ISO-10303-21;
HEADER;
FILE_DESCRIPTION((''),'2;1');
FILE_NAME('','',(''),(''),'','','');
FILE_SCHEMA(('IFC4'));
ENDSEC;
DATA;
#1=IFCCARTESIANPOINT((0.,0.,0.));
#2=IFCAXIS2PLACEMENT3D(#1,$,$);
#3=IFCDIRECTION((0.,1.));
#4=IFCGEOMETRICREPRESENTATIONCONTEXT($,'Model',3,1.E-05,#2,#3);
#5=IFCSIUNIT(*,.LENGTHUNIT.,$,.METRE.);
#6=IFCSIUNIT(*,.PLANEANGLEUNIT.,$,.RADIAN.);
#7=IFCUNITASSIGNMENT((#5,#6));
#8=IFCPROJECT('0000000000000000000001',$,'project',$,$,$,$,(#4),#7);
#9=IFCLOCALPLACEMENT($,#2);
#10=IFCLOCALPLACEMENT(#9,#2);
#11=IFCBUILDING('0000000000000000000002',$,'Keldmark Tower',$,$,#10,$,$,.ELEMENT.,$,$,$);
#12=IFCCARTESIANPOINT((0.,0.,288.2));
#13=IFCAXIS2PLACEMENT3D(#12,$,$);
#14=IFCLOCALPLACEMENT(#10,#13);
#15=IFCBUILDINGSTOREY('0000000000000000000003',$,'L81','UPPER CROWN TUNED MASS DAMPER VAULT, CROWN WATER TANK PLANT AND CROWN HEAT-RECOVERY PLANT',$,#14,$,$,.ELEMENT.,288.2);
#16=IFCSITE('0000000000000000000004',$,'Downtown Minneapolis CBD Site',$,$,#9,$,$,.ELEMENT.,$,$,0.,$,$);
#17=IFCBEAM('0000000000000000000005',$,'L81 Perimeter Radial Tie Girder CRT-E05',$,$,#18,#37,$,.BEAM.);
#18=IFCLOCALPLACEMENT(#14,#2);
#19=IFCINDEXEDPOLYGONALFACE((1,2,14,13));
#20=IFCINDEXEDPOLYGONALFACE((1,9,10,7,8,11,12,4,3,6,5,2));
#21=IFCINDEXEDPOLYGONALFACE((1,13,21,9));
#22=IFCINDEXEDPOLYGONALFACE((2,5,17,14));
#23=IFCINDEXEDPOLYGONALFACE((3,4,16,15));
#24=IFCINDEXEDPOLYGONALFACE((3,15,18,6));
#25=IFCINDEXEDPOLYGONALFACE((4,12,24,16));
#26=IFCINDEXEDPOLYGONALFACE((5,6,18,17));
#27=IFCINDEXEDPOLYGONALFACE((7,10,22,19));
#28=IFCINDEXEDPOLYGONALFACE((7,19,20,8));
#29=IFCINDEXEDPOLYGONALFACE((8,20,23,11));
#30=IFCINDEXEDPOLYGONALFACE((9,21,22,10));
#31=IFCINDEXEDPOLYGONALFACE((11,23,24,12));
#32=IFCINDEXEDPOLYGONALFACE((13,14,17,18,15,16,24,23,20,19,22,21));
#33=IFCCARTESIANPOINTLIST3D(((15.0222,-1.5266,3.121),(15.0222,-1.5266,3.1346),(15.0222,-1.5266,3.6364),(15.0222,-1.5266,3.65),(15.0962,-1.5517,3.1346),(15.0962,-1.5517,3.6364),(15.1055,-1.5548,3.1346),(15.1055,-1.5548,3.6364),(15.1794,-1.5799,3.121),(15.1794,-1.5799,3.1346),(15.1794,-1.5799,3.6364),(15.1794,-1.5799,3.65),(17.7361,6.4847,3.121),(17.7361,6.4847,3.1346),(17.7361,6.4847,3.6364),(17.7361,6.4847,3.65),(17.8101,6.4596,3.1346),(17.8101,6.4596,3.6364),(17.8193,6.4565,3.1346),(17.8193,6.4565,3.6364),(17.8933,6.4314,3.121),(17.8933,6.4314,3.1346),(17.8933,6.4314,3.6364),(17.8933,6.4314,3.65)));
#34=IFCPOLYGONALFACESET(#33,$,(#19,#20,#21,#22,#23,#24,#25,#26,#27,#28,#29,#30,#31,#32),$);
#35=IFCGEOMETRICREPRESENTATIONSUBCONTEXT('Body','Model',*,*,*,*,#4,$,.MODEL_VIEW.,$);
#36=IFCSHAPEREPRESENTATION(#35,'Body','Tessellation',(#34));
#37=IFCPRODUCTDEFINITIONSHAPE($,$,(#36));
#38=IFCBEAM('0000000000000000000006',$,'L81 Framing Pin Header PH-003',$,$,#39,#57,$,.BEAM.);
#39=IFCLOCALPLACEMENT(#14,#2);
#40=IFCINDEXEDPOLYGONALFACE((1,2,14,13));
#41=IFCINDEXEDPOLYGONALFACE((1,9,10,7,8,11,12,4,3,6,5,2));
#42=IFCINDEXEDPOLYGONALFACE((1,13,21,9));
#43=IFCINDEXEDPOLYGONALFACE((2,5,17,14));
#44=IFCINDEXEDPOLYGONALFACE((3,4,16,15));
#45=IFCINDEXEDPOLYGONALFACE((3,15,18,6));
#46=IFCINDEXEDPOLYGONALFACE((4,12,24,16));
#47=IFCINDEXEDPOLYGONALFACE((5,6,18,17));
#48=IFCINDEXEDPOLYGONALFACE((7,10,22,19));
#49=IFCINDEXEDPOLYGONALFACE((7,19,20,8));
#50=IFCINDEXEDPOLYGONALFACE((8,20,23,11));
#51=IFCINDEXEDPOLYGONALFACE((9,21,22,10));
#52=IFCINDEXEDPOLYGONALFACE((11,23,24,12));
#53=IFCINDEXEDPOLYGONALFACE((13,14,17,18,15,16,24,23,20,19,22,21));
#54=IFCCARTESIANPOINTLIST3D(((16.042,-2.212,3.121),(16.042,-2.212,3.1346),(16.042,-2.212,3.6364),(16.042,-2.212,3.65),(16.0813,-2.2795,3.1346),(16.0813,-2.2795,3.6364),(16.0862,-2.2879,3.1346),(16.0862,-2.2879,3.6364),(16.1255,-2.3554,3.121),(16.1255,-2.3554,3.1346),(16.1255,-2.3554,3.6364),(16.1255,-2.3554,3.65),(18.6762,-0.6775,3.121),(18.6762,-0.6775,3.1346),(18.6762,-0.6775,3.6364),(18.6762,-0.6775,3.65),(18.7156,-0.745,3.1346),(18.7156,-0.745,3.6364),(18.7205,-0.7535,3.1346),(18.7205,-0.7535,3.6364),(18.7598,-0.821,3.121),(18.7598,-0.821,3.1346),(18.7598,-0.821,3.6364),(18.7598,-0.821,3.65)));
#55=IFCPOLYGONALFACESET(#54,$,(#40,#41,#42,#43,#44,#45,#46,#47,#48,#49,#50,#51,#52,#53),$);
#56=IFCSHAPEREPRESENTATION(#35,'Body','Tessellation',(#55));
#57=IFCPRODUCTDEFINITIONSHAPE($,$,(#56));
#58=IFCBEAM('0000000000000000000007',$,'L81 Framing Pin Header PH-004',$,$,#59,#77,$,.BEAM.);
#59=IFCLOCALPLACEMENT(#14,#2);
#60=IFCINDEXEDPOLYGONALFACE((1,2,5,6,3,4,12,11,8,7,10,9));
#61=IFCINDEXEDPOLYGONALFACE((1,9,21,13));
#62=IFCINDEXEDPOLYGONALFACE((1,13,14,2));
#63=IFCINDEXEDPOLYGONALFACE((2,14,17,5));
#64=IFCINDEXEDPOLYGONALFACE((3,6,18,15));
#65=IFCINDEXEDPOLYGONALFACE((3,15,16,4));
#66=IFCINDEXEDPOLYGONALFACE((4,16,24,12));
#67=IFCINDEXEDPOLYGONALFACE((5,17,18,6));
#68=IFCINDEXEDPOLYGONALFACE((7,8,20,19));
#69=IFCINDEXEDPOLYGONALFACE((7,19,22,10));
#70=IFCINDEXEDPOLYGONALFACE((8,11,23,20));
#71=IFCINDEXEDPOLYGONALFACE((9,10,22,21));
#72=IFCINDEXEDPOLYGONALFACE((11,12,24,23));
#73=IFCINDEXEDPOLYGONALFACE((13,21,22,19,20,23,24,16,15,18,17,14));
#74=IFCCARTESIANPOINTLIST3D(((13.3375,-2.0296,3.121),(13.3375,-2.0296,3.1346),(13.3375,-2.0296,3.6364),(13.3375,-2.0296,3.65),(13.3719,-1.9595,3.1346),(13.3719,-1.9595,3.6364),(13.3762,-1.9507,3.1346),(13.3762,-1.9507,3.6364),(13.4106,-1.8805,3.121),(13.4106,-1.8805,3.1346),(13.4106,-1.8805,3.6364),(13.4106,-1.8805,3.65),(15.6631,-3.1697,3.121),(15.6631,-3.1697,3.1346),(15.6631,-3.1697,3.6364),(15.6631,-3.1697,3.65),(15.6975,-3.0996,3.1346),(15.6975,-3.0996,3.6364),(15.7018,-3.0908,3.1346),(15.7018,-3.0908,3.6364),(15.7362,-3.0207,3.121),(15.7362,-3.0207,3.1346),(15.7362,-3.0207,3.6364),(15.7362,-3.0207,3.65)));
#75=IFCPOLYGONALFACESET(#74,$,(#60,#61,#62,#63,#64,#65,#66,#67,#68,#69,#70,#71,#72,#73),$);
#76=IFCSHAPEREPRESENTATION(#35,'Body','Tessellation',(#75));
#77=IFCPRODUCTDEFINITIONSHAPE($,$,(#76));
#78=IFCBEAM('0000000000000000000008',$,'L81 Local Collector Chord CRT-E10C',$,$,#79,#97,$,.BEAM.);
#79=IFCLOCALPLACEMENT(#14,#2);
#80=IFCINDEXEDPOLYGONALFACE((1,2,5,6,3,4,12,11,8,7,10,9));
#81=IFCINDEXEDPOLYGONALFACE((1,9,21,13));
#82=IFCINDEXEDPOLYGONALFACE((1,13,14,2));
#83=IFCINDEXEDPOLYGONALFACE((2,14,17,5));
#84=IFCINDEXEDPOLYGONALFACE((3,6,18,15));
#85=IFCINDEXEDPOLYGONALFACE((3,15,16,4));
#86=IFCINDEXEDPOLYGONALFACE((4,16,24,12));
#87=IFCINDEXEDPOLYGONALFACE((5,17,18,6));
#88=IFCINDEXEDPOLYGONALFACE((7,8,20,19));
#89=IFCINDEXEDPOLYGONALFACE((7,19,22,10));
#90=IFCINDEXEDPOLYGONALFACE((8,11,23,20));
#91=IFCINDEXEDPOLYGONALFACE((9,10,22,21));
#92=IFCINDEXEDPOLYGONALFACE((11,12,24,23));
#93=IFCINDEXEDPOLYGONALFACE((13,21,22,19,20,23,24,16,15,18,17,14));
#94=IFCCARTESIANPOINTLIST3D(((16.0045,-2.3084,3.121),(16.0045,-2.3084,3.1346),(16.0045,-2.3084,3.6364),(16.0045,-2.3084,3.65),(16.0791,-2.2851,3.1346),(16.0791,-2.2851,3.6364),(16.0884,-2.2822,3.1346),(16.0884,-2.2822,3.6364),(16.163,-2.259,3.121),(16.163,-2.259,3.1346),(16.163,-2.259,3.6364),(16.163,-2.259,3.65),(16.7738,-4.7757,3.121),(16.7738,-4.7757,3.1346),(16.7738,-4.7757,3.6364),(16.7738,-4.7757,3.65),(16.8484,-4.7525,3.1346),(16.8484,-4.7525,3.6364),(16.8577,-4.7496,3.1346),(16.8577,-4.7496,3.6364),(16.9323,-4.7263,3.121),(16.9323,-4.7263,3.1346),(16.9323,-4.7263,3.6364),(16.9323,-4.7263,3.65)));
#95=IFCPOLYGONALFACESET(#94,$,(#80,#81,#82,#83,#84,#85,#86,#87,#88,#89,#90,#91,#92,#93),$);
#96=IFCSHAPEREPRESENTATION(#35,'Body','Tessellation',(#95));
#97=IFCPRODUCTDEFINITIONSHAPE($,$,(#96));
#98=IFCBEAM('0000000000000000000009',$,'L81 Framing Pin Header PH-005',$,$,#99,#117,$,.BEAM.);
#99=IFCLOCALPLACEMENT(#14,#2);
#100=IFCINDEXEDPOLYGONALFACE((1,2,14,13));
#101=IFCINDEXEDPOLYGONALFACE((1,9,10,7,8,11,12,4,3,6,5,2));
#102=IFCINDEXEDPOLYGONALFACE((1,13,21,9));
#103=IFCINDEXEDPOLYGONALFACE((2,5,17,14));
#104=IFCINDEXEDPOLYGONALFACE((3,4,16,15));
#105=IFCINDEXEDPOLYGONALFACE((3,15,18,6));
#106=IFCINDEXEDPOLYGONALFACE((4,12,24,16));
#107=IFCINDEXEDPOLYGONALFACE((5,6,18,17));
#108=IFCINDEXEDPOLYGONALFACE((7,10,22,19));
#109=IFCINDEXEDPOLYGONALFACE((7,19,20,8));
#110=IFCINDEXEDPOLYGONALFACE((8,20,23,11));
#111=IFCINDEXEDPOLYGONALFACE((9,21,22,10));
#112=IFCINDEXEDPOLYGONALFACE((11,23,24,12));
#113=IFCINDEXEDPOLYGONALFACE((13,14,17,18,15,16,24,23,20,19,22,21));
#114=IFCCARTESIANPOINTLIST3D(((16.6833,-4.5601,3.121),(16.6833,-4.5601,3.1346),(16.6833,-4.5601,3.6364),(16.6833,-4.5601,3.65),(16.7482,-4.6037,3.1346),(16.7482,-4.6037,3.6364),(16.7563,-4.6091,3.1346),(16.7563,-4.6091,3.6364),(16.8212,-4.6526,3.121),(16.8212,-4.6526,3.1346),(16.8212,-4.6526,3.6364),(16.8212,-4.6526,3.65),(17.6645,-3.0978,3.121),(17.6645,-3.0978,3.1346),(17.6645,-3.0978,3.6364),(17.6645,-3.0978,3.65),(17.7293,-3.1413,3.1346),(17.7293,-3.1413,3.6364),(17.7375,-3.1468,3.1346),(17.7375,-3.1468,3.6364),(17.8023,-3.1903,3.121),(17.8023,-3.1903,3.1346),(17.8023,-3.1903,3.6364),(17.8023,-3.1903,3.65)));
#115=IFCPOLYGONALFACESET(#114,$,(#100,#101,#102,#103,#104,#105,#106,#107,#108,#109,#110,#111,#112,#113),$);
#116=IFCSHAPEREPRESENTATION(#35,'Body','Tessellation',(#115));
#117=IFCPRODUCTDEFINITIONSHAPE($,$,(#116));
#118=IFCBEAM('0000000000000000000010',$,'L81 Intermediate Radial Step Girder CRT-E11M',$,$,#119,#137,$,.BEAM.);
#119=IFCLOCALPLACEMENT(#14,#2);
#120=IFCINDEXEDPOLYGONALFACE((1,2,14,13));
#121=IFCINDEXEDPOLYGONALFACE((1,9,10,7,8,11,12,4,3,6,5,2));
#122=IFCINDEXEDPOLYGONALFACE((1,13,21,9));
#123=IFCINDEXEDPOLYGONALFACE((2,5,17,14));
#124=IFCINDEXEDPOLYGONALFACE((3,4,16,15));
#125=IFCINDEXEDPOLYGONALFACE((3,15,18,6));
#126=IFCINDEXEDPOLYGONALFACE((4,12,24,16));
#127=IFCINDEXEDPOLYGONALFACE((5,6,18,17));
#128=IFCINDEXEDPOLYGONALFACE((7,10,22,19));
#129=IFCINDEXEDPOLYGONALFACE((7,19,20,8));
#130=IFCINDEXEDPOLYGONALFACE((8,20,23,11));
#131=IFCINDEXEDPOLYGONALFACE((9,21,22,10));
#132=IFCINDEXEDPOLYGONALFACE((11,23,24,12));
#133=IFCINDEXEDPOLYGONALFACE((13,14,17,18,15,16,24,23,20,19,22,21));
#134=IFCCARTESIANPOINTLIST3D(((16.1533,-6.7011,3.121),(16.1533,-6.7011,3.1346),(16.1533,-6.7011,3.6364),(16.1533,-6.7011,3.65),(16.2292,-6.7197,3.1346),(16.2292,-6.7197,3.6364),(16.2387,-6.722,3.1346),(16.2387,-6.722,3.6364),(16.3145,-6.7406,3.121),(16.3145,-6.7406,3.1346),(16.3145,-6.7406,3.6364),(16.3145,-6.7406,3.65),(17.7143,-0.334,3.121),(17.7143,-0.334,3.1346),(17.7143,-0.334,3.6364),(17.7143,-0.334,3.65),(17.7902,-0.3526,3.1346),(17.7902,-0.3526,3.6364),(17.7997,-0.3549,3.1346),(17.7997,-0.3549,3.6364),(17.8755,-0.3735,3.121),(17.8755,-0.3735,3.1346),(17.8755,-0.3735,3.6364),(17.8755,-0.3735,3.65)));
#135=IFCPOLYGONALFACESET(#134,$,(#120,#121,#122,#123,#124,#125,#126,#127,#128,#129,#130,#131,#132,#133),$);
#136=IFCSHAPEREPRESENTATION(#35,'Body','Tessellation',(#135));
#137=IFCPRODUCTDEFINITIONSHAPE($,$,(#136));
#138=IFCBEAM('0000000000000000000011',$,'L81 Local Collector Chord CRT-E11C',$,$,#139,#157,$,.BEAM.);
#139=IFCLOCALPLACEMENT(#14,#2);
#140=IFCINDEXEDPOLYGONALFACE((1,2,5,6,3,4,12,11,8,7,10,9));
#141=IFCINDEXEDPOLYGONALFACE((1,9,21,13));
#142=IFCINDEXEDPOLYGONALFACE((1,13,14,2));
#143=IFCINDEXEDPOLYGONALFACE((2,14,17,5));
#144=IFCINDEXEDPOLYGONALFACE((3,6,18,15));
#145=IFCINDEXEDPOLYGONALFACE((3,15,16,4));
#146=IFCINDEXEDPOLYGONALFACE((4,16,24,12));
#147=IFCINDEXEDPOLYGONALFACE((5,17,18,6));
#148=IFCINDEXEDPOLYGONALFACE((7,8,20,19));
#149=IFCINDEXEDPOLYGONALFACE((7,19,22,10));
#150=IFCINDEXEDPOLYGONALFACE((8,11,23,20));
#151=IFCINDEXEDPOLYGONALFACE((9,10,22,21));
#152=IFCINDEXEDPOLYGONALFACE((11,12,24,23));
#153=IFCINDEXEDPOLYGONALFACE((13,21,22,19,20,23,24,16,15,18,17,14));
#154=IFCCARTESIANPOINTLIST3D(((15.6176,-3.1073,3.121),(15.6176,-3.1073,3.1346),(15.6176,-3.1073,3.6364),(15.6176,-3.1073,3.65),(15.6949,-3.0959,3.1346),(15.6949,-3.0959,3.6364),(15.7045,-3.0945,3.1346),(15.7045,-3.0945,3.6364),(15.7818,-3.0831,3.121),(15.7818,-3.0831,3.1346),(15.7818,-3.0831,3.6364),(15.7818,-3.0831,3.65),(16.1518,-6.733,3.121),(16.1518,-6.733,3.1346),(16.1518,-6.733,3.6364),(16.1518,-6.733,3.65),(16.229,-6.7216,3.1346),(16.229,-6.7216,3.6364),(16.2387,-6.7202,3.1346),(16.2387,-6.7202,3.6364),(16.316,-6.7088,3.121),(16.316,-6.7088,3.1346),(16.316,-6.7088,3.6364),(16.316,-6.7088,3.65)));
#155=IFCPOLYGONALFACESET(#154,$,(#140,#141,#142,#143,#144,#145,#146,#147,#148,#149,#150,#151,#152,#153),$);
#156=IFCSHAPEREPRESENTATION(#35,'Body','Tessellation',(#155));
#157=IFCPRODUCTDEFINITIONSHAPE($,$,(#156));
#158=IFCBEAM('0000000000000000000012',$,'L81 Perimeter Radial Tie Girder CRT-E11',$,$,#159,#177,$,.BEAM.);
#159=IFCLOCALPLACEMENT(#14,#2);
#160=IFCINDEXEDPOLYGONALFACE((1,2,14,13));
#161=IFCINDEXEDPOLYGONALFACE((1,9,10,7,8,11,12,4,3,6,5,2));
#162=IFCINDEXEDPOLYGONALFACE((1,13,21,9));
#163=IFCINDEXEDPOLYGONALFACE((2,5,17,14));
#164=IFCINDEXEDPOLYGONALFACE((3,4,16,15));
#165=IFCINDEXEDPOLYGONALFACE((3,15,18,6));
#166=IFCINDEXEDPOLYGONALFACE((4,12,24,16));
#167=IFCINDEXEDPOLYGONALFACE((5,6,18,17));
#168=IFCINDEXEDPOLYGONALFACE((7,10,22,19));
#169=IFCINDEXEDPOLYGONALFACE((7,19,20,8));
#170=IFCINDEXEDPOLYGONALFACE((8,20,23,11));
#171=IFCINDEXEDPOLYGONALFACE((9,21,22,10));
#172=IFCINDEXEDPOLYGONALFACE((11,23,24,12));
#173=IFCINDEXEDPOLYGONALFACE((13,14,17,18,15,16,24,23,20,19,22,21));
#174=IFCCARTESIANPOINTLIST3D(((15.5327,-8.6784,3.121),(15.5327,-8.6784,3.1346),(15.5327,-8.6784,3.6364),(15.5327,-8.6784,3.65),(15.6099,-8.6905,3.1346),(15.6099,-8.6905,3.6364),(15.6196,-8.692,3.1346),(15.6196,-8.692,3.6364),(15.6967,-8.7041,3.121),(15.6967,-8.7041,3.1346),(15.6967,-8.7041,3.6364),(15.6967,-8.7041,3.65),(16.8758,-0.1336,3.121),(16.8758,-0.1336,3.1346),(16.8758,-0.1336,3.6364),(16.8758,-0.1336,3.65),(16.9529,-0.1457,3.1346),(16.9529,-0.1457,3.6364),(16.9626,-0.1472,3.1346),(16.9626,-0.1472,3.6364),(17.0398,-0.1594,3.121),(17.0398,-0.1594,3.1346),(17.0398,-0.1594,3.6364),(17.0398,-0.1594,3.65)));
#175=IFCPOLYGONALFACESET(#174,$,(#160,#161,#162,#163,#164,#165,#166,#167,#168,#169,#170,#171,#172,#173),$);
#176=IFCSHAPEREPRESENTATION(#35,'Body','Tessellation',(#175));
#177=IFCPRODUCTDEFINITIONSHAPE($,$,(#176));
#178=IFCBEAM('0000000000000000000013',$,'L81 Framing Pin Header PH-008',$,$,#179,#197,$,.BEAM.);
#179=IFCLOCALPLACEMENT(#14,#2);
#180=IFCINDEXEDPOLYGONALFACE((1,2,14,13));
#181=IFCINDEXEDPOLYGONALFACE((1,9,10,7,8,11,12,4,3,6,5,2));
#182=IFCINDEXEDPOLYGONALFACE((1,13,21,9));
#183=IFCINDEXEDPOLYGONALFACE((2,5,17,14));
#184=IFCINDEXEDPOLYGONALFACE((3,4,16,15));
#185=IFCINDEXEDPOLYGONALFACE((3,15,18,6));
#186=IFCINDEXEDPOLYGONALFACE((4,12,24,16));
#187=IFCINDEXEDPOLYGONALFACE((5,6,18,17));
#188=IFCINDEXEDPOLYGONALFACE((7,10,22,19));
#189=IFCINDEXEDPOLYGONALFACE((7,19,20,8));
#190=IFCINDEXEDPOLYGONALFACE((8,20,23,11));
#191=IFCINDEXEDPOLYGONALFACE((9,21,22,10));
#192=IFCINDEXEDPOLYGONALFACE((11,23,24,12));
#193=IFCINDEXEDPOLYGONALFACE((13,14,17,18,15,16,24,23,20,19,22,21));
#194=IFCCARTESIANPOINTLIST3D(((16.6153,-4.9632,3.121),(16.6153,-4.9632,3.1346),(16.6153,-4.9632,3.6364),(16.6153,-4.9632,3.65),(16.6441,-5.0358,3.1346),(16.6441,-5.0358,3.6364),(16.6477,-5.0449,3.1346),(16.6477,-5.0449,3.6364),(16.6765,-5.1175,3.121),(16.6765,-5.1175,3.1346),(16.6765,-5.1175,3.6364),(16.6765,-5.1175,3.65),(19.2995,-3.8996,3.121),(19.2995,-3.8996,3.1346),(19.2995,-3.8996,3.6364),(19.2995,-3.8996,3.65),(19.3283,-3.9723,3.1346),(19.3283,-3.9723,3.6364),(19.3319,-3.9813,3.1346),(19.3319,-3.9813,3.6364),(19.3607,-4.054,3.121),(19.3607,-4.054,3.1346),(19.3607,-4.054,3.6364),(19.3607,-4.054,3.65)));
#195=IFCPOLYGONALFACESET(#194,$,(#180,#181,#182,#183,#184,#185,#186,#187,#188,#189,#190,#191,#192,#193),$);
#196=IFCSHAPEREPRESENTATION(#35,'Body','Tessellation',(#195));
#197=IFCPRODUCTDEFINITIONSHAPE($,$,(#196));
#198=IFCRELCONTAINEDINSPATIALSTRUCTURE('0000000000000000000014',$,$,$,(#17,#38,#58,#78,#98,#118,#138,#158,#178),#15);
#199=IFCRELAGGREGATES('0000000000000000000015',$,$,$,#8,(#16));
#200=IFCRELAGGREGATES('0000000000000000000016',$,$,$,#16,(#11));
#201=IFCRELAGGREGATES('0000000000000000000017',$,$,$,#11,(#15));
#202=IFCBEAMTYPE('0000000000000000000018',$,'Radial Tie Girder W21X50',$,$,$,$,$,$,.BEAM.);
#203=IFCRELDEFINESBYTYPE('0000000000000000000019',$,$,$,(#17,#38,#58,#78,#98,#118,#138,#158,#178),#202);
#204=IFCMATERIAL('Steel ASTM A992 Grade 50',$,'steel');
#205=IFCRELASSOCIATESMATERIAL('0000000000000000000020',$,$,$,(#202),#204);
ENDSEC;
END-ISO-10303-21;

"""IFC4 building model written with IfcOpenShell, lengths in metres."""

from ifc_helpers import new_model, si_unit, direction, frame, origin, origin_2d, place, context, subcontext, project, spatial, i_section, extrude, material, material_profile, profile_set, type_object, element, save


model = new_model("IFC4")

# Units and contexts
model_context = context("Model", 3, precision=1e-05, world=origin(), true_north=direction((0.0, 1.0)))
body_context = subcontext(model_context, "Body", "Model", "MODEL_VIEW")
ifc_project = project(units=[si_unit("LENGTHUNIT", "METRE"), si_unit("PLANEANGLEUNIT", "RADIAN")], contexts=[model_context])

# Site, building, storey
site_placement = place(None, origin())
site = spatial("IfcSite", under=ifc_project, at=site_placement, Name="Downtown Minneapolis CBD Site", CompositionType="ELEMENT", RefElevation=0.0)
building_placement = place(site_placement, origin())
building = spatial("IfcBuilding", under=site, at=building_placement, Name="Keldmark Tower", CompositionType="ELEMENT")
storey_placement = place(building_placement, frame((0.0, 0.0, 288.2)))
storey = spatial("IfcBuildingStorey", under=building, at=storey_placement, Name="L81", Description="UPPER CROWN TUNED MASS DAMPER VAULT, CROWN WATER TANK PLANT AND CROWN HEAT-RECOVERY PLANT", CompositionType="ELEMENT", Elevation=288.2)

# Beams
ifc_material_1 = material(Name="Steel ASTM A992 Grade 50", Category="steel")
ifc_material_profile_1 = material_profile(ifc_material_1, i_section(OverallWidth=0.166, OverallDepth=0.5291, WebThickness=0.0098, FlangeThickness=0.0137, at=origin_2d()), Name="W21X50")
ifc_profile_set_1 = profile_set([ifc_material_profile_1], Name="Steel ASTM A992 Grade 50")
beam_type_1 = type_object("IfcBeamType", Name="Radial Tie Girder W21X50", PredefinedType="BEAM", material=ifc_profile_set_1)
beam_1_placement = place(storey_placement, frame((15.1008, -1.5532, 3.3855), z_axis=(0.320848, 0.947131, 0.0), x_axis=(-0.947131, 0.320848, 0.0)))
element("IfcBeam", 1, at=beam_1_placement, inside=storey, type_object=beam_type_1, Name="L81 Perimeter Radial Tie Girder CRT-E05", PredefinedType="BEAM", context=body_context, shape_type="SweptSolid", body=[
    extrude(i_section(OverallWidth=0.166, OverallDepth=0.5291, WebThickness=0.0098, FlangeThickness=0.0137, at=origin_2d()), origin(), (0.0, 0.0, 1.0), 8.4585),
])
beam_2_placement = place(storey_placement, frame((18.718, -0.7493, 3.3855), z_axis=(-0.864098, -0.503323, 0.0), x_axis=(0.503323, -0.864098, 0.0)))
element("IfcBeam", 2, at=beam_2_placement, inside=storey, type_object=beam_type_1, Name="L81 Framing Pin Header PH-003", PredefinedType="BEAM", context=body_context, shape_type="SweptSolid", body=[
    extrude(i_section(OverallWidth=0.166, OverallDepth=0.5291, WebThickness=0.0098, FlangeThickness=0.0137, at=origin_2d()), origin(), (0.0, 0.0, 1.0), 3.0486),
])
beam_3_placement = place(storey_placement, frame((13.374, -1.9551, 3.3855), z_axis=(0.897906, -0.440187, 0.0), x_axis=(0.440187, 0.897906, 0.0)))
element("IfcBeam", 3, at=beam_3_placement, inside=storey, type_object=beam_type_1, Name="L81 Framing Pin Header PH-004", PredefinedType="BEAM", context=body_context, shape_type="SweptSolid", body=[
    extrude(i_section(OverallWidth=0.166, OverallDepth=0.5291, WebThickness=0.0098, FlangeThickness=0.0137, at=origin_2d()), origin(), (0.0, 0.0, 1.0), 2.5901),
])
beam_4_placement = place(storey_placement, frame((16.0837, -2.2837, 3.3855), z_axis=(0.297662, -0.954671, 0.0), x_axis=(0.954671, 0.297662, 0.0)))
element("IfcBeam", 4, at=beam_4_placement, inside=storey, type_object=beam_type_1, Name="L81 Local Collector Chord CRT-E10C", PredefinedType="BEAM", context=body_context, shape_type="SweptSolid", body=[
    extrude(i_section(OverallWidth=0.166, OverallDepth=0.5291, WebThickness=0.0098, FlangeThickness=0.0137, at=origin_2d()), origin(), (0.0, 0.0, 1.0), 2.5845),
])
beam_5_placement = place(storey_placement, frame((17.7334, -3.144, 3.3855), z_axis=(-0.557161, -0.830404, 0.0), x_axis=(0.830404, -0.557161, 0.0)))
element("IfcBeam", 5, at=beam_5_placement, inside=storey, type_object=beam_type_1, Name="L81 Framing Pin Header PH-005", PredefinedType="BEAM", context=body_context, shape_type="SweptSolid", body=[
    extrude(i_section(OverallWidth=0.166, OverallDepth=0.5291, WebThickness=0.0098, FlangeThickness=0.0137, at=origin_2d()), origin(), (0.0, 0.0, 1.0), 1.761),
])
beam_6_placement = place(storey_placement, frame((17.7949, -0.3538, 3.3855), z_axis=(-0.238117, -0.971237, 0.0), x_axis=(0.971237, -0.238117, 0.0)))
element("IfcBeam", 6, at=beam_6_placement, inside=storey, type_object=beam_type_1, Name="L81 Intermediate Radial Step Girder CRT-E11M", PredefinedType="BEAM", context=body_context, shape_type="SweptSolid", body=[
    extrude(i_section(OverallWidth=0.166, OverallDepth=0.5291, WebThickness=0.0098, FlangeThickness=0.0137, at=origin_2d()), origin(), (0.0, 0.0, 1.0), 6.5557),
])
beam_7_placement = place(storey_placement, frame((15.6997, -3.0952, 3.3855), z_axis=(0.145757, -0.98932, 0.0), x_axis=(0.98932, 0.145757, 0.0)))
element("IfcBeam", 7, at=beam_7_placement, inside=storey, type_object=beam_type_1, Name="L81 Local Collector Chord CRT-E11C", PredefinedType="BEAM", context=body_context, shape_type="SweptSolid", body=[
    extrude(i_section(OverallWidth=0.166, OverallDepth=0.5291, WebThickness=0.0098, FlangeThickness=0.0137, at=origin_2d()), origin(), (0.0, 0.0, 1.0), 3.6648),
])
beam_8_placement = place(storey_placement, frame((16.9578, -0.1465, 3.3855), z_axis=(-0.15527, -0.987872, 0.0), x_axis=(0.987872, -0.15527, 0.0)))
element("IfcBeam", 8, at=beam_8_placement, inside=storey, type_object=beam_type_1, Name="L81 Perimeter Radial Tie Girder CRT-E11", PredefinedType="BEAM", context=body_context, shape_type="SweptSolid", body=[
    extrude(i_section(OverallWidth=0.166, OverallDepth=0.5291, WebThickness=0.0098, FlangeThickness=0.0137, at=origin_2d()), origin(), (0.0, 0.0, 1.0), 8.6497),
])
beam_9_placement = place(storey_placement, frame((19.3301, -3.9768, 3.3855), z_axis=(-0.929685, -0.368356, 0.0), x_axis=(0.368356, -0.929685, 0.0)))
element("IfcBeam", 9, at=beam_9_placement, inside=storey, type_object=beam_type_1, Name="L81 Framing Pin Header PH-008", PredefinedType="BEAM", context=body_context, shape_type="SweptSolid", body=[
    extrude(i_section(OverallWidth=0.166, OverallDepth=0.5291, WebThickness=0.0098, FlangeThickness=0.0137, at=origin_2d()), origin(), (0.0, 0.0, 1.0), 2.8872),
])

save(model, "model.ifc")
